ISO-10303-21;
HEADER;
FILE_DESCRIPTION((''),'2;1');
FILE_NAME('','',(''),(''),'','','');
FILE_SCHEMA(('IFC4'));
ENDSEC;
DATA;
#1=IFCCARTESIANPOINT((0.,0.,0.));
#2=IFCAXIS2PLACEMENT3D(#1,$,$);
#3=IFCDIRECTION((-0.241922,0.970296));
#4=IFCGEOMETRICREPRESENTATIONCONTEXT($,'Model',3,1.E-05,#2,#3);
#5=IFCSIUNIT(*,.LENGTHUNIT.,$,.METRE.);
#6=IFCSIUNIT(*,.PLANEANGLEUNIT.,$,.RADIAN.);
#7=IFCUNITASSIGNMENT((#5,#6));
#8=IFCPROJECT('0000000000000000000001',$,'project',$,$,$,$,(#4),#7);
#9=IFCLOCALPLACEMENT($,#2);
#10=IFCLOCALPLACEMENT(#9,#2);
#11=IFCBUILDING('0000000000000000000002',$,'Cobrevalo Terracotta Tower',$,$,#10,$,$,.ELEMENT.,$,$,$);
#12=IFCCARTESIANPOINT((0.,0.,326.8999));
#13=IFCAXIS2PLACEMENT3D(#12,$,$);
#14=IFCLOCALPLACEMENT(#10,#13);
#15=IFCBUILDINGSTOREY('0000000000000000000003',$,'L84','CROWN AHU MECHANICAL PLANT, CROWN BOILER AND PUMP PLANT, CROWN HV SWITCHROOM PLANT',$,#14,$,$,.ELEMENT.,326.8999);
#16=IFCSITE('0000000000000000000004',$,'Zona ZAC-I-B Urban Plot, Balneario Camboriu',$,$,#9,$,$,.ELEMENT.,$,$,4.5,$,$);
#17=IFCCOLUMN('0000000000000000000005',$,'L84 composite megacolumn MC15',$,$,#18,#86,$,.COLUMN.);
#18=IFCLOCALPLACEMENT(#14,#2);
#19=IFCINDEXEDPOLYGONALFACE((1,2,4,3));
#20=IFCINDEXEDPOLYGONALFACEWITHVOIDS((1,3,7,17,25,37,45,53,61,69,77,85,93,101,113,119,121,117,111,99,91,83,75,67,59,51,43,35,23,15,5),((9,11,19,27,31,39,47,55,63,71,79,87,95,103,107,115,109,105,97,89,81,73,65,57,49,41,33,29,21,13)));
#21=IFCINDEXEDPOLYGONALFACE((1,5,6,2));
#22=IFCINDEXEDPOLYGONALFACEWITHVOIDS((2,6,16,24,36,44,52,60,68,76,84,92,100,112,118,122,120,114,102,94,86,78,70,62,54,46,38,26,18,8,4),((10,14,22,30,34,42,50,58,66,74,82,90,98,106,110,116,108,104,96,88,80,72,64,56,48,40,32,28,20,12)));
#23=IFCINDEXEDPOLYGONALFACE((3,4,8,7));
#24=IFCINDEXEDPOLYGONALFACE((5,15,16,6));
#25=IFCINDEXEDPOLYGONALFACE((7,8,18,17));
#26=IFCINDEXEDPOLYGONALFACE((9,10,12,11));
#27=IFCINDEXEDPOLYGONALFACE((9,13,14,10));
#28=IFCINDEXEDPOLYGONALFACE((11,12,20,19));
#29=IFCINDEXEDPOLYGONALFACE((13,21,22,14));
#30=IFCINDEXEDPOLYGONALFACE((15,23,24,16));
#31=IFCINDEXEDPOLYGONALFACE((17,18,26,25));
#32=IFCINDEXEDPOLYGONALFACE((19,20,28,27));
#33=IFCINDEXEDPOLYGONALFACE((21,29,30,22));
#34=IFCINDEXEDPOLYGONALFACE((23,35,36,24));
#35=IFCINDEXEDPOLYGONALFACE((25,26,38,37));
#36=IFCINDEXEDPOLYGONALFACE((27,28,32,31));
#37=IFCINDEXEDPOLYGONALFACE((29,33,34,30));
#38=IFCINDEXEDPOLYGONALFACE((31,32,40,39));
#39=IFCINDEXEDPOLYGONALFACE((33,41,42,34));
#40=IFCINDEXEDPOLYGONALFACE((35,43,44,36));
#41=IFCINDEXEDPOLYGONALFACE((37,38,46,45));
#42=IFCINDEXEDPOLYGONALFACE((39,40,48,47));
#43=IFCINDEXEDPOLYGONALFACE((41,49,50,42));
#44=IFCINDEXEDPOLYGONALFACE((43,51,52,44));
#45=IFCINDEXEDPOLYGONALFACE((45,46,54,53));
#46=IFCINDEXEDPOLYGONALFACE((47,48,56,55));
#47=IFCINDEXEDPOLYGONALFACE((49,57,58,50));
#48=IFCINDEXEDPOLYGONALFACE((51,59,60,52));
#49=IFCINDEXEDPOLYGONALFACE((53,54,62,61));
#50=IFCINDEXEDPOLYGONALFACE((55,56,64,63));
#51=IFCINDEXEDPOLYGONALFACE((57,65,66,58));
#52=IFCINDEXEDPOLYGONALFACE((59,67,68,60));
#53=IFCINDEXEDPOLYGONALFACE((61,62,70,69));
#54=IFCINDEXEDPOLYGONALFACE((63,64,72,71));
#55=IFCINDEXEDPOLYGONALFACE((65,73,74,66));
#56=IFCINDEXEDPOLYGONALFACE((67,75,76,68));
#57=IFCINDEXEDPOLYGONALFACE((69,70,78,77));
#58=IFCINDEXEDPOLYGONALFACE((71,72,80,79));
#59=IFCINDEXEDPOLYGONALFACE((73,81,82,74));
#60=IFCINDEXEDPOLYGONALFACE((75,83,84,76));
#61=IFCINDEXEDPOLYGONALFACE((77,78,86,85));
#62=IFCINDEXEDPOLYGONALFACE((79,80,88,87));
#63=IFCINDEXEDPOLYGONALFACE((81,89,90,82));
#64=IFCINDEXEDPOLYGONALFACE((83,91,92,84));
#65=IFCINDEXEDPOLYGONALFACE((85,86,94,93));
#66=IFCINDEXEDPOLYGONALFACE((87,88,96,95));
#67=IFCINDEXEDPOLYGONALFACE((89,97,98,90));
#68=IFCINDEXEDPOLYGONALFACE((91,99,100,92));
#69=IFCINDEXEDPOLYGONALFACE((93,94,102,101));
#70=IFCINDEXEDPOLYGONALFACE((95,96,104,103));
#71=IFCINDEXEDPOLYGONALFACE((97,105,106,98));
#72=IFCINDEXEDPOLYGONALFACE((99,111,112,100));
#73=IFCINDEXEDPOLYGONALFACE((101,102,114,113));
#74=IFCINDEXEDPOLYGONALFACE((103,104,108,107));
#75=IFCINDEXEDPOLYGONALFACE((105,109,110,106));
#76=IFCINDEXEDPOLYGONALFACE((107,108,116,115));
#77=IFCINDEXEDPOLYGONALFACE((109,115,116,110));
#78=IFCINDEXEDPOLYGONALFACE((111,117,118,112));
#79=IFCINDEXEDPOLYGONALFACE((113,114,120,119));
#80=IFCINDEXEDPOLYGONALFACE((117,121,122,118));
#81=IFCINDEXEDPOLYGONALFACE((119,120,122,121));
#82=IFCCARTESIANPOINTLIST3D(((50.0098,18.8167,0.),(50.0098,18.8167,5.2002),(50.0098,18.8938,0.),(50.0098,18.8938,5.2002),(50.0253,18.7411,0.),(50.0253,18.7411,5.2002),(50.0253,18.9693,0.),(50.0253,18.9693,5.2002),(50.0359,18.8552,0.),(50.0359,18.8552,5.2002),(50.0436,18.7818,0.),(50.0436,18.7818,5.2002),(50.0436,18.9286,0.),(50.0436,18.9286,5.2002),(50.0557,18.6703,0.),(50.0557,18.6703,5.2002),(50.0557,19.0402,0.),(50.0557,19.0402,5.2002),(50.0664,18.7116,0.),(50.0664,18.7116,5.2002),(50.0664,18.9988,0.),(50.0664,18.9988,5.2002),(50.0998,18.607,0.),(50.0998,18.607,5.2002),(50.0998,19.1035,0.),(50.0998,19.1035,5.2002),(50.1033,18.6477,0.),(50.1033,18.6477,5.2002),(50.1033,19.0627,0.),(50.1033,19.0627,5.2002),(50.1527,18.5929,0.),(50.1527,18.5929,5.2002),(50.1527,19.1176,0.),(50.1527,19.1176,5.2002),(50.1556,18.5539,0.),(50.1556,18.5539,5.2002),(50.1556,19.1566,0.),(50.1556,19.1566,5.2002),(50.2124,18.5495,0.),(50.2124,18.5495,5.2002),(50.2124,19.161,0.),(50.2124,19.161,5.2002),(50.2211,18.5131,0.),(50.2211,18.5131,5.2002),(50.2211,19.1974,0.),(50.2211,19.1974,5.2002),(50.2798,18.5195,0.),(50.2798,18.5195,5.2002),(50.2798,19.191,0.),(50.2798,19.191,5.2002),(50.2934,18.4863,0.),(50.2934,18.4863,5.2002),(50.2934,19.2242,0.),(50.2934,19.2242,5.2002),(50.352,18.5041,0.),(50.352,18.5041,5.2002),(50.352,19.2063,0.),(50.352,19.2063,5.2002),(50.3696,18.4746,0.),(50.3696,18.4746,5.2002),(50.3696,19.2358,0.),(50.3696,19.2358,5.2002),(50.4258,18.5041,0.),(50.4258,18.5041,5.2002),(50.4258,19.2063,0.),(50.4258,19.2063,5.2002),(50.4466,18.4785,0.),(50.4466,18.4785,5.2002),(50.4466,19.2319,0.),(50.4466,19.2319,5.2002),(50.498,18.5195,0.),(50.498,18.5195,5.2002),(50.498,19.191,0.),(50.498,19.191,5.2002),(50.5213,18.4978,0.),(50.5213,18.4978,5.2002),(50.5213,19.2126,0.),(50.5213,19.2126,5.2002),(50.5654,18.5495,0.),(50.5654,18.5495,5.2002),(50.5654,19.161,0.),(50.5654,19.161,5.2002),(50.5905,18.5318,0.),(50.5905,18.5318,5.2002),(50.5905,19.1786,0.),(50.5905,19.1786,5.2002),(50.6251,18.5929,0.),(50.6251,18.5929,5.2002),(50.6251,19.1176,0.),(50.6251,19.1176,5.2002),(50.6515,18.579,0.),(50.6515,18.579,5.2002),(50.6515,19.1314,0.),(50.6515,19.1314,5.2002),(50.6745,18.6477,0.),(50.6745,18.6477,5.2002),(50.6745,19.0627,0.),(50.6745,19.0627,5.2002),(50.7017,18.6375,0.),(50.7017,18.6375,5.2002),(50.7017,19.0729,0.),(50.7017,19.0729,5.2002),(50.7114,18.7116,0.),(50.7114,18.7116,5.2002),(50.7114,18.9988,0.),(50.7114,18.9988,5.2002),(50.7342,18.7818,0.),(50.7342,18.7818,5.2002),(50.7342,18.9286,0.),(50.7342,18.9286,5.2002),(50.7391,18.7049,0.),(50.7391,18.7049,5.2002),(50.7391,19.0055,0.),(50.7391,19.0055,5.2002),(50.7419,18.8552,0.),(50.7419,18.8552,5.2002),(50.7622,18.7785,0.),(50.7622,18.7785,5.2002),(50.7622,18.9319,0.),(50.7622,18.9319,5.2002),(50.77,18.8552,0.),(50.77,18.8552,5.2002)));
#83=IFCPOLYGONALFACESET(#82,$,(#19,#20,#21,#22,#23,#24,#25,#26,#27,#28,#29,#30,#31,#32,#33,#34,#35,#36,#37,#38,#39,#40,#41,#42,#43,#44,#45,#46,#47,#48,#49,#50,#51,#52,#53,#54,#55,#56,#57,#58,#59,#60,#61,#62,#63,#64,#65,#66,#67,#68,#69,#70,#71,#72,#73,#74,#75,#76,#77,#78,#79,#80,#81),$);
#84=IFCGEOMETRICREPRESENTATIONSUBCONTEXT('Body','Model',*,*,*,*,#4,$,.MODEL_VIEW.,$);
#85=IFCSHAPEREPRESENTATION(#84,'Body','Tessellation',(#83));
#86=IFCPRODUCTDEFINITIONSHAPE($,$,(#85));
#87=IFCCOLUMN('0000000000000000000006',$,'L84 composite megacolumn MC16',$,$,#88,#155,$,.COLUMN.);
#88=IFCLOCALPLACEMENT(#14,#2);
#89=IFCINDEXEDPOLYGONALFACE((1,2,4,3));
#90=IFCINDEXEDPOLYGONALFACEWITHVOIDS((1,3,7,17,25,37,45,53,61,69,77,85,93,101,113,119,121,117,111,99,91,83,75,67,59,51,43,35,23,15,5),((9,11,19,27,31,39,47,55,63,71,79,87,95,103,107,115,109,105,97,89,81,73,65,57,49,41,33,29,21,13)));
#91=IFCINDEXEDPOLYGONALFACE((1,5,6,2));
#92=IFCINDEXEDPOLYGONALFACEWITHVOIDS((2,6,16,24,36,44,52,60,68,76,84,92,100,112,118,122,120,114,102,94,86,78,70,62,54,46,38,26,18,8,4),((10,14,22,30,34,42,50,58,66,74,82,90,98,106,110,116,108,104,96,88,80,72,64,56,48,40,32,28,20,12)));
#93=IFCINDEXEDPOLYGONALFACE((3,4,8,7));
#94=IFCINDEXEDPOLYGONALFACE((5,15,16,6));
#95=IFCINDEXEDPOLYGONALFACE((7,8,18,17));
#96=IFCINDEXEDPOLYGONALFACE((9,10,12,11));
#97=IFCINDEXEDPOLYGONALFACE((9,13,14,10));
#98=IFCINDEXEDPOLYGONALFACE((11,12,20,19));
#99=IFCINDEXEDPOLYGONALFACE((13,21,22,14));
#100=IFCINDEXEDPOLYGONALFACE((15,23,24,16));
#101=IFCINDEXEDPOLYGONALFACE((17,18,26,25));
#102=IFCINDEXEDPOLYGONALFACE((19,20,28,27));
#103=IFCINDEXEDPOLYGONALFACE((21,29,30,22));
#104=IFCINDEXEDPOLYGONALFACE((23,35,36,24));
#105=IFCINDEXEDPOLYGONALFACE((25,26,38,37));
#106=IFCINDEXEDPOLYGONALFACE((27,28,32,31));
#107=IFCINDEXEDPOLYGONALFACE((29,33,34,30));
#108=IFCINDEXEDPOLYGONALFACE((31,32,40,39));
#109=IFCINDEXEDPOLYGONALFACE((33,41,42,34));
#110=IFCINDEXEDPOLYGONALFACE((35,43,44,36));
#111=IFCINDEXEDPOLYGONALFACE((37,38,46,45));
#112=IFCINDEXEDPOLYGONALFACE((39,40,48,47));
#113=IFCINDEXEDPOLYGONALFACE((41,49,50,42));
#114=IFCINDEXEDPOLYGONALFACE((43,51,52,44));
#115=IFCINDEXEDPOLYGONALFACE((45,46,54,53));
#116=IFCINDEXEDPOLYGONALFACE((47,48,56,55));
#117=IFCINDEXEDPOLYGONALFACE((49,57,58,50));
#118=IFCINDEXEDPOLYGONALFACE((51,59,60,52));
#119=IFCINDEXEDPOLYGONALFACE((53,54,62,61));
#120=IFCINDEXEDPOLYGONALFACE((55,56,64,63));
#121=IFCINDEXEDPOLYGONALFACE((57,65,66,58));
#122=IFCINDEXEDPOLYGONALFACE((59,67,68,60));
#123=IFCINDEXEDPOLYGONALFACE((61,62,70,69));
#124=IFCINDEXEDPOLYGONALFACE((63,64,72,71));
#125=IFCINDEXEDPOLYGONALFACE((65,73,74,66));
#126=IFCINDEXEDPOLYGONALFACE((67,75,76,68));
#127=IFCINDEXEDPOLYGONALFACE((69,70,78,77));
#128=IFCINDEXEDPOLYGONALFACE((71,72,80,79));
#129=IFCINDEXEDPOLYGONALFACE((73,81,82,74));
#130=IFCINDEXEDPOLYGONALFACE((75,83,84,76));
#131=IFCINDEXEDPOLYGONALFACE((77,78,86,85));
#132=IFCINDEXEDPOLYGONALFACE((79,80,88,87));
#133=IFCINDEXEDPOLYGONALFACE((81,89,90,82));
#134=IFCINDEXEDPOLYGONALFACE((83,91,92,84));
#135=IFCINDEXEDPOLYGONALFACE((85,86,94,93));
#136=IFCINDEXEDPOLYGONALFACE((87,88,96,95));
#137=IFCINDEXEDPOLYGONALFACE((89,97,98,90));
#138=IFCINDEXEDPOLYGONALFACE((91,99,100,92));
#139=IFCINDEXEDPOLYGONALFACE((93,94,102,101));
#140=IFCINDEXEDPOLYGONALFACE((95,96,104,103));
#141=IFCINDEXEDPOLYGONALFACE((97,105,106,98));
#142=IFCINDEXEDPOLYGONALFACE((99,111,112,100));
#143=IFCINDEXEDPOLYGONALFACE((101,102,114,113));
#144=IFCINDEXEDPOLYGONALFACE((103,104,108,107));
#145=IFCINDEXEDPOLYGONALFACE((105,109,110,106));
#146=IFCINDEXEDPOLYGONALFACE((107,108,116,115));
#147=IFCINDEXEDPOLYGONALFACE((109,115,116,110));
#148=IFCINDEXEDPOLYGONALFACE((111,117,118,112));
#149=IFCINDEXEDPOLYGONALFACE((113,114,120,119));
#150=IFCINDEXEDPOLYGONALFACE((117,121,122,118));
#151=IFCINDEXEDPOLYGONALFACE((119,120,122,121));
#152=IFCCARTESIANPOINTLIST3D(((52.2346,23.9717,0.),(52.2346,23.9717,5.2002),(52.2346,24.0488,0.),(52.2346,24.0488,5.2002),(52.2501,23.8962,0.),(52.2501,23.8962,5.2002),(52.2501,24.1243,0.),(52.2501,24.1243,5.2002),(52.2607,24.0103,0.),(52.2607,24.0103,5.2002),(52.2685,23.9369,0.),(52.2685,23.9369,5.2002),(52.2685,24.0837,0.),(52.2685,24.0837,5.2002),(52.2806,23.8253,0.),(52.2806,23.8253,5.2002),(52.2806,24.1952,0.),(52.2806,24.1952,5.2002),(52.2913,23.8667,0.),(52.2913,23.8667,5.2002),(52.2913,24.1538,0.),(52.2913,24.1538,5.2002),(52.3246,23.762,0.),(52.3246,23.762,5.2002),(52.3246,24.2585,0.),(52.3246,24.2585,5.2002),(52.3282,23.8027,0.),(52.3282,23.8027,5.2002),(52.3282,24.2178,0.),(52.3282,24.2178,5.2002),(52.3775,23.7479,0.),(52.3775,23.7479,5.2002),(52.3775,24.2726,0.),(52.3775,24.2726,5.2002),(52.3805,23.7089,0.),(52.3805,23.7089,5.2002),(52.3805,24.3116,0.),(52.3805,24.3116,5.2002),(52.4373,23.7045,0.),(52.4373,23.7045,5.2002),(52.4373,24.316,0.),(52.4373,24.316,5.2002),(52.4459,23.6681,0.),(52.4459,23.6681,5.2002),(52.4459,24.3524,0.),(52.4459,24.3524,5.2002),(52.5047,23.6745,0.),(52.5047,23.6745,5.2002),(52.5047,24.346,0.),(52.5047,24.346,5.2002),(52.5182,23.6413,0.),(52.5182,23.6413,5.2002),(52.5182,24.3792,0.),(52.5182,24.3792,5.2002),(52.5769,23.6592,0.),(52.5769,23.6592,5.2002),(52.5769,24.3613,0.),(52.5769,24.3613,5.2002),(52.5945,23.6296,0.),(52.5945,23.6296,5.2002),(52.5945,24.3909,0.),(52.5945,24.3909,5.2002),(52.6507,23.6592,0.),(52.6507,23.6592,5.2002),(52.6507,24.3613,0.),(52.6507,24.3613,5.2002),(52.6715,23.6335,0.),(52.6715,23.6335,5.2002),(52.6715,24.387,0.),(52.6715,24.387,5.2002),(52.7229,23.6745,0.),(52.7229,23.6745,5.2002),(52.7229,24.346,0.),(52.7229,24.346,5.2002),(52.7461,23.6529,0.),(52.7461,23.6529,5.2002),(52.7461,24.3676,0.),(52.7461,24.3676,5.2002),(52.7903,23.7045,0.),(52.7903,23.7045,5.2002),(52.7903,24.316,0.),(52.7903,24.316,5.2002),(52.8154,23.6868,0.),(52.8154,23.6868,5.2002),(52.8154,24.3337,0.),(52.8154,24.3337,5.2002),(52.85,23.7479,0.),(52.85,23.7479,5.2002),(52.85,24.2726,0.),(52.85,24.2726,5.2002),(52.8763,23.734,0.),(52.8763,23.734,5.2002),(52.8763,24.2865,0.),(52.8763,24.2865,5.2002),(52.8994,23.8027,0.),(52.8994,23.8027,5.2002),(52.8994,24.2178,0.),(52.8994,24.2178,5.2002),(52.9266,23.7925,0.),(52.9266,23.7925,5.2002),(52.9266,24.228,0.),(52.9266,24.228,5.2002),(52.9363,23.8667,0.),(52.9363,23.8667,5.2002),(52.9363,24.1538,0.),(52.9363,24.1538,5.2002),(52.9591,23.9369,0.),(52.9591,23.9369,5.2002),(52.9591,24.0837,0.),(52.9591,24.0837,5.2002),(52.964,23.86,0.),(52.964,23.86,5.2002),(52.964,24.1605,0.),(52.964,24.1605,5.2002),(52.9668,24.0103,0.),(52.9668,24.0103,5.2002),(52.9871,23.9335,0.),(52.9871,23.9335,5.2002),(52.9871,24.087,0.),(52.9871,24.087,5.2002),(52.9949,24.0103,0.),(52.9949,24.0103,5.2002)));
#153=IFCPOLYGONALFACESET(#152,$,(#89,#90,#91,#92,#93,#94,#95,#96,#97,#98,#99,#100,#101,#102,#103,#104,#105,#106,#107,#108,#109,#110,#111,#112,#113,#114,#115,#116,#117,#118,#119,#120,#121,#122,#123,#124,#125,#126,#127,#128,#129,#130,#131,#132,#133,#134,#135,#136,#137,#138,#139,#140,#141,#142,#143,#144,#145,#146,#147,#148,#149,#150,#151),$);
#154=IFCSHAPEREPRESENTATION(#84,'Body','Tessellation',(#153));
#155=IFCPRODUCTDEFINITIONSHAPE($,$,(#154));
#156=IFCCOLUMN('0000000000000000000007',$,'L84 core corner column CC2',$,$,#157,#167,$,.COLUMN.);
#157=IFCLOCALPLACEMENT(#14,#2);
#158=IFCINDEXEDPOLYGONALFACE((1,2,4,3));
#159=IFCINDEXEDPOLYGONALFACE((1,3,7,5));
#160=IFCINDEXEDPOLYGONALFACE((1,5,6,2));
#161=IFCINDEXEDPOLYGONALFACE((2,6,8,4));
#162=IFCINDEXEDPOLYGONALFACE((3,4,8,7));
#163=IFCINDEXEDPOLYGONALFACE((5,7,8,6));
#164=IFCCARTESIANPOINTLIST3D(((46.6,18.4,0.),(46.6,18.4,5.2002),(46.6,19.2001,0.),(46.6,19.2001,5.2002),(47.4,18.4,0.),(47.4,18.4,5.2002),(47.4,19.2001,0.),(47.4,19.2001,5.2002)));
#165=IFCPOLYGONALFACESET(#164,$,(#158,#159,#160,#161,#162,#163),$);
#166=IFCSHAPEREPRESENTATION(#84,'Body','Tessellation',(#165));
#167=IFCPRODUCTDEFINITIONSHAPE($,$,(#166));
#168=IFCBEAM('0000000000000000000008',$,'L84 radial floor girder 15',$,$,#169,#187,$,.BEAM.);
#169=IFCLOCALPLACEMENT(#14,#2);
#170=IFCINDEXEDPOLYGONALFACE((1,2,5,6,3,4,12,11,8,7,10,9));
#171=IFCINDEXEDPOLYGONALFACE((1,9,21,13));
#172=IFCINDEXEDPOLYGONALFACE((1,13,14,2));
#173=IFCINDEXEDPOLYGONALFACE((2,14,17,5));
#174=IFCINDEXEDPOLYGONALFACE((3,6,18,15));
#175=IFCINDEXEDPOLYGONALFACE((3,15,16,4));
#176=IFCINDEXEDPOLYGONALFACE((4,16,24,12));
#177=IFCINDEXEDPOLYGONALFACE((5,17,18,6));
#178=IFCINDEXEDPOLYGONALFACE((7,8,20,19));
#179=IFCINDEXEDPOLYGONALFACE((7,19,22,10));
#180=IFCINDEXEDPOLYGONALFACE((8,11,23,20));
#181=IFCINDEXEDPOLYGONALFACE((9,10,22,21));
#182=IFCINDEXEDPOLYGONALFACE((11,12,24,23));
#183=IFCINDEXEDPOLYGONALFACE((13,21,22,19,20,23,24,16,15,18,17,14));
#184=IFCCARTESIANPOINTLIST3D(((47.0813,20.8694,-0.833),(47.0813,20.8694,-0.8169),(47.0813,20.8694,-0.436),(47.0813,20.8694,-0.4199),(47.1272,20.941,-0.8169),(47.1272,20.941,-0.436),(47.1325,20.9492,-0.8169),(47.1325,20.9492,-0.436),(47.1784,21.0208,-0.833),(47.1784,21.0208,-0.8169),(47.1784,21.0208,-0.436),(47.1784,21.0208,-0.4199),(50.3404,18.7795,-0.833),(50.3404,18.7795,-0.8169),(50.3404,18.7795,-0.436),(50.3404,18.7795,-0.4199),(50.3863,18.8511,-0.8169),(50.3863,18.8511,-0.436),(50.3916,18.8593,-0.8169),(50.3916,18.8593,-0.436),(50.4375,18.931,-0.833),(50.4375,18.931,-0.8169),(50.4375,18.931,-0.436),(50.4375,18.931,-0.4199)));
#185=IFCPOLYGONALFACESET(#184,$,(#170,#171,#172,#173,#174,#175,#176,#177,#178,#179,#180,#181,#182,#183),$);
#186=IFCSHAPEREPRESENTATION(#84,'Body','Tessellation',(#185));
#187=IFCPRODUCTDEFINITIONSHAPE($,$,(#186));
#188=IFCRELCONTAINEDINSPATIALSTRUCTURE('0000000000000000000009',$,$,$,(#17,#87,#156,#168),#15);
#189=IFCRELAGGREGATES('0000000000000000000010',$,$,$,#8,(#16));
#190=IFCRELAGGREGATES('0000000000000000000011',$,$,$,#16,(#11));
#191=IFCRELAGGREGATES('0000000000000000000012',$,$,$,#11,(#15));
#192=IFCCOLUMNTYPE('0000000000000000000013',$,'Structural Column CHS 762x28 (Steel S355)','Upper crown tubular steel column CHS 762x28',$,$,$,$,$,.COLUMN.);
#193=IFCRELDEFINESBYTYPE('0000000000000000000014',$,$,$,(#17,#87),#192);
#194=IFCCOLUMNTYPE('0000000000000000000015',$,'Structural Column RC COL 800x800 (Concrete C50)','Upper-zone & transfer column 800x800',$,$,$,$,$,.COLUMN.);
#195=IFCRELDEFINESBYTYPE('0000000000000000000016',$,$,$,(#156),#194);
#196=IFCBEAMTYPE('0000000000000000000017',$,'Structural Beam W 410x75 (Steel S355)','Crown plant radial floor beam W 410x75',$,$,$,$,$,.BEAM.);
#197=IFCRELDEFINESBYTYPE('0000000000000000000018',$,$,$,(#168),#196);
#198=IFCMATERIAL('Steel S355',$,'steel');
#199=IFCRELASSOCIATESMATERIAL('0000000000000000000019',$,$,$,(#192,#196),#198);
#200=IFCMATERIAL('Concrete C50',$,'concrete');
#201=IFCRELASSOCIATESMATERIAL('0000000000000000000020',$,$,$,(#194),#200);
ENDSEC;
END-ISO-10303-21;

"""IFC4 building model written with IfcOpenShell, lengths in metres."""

from ifc_helpers import new_model, si_unit, direction, frame, origin, origin_2d, place, context, subcontext, project, spatial, rectangle, hollow_circle, i_section, extrude, material, material_profile, profile_set, type_object, element, save


model = new_model("IFC4")

# Units and contexts
model_context = context("Model", 3, precision=1e-05, world=origin(), true_north=direction((-0.241922, 0.970296)))
body_context = subcontext(model_context, "Body", "Model", "MODEL_VIEW")
ifc_project = project(units=[si_unit("LENGTHUNIT", "METRE"), si_unit("PLANEANGLEUNIT", "RADIAN")], contexts=[model_context])

# Site, building, storey
site_placement = place(None, origin())
site = spatial("IfcSite", under=ifc_project, at=site_placement, Name="Zona ZAC-I-B Urban Plot, Balneario Camboriu", CompositionType="ELEMENT", RefElevation=4.5)
building_placement = place(site_placement, origin())
building = spatial("IfcBuilding", under=site, at=building_placement, Name="Cobrevalo Terracotta Tower", CompositionType="ELEMENT")
storey_placement = place(building_placement, frame((0.0, 0.0, 326.8999)))
storey = spatial("IfcBuildingStorey", under=building, at=storey_placement, Name="L84", Description="CROWN AHU MECHANICAL PLANT, CROWN BOILER AND PUMP PLANT, CROWN HV SWITCHROOM PLANT", CompositionType="ELEMENT", Elevation=326.8999)

# Columns
ifc_material_1 = material(Name="Steel S355", Category="steel")
ifc_material_profile_1 = material_profile(ifc_material_1, hollow_circle(Radius=0.3811, WallThickness=0.0281, at=origin_2d()), Name="CHS 762x28")
ifc_profile_set_1 = profile_set([ifc_material_profile_1], Name="Steel S355")
column_type_1 = type_object("IfcColumnType", Name="Structural Column CHS 762x28 (Steel S355)", Description="Upper crown tubular steel column CHS 762x28", PredefinedType="COLUMN", material=ifc_profile_set_1)
for number, where, z_axis, x_axis, name in (
    (1, (50.3889, 18.8552, 0.0), (0.0, 0.0, 1.0), (1.0, 0.0, 0.0), "L84 composite megacolumn MC15"),
    (2, (52.6138, 24.0103, 0.0), (0.0, 0.0, 1.0), (1.0, 0.0, 0.0), "L84 composite megacolumn MC16"),
):
    element("IfcColumn", number, at=place(storey_placement, frame(where, z_axis=z_axis, x_axis=x_axis)), inside=storey, type_object=column_type_1, Name=name, PredefinedType="COLUMN", context=body_context, shape_type="SweptSolid", body=[
        extrude(hollow_circle(Radius=0.3811, WallThickness=0.0281, at=origin_2d()), origin(), (0.0, 0.0, 1.0), 5.2002),
    ])
ifc_material_2 = material(Name="Concrete C50", Category="concrete")
ifc_material_profile_2 = material_profile(ifc_material_2, rectangle(XDim=0.8, YDim=0.8, at=origin_2d()), Name="RC COL 800x800")
ifc_profile_set_2 = profile_set([ifc_material_profile_2], Name="Concrete C50")
column_type_2 = type_object("IfcColumnType", Name="Structural Column RC COL 800x800 (Concrete C50)", Description="Upper-zone & transfer column 800x800", PredefinedType="COLUMN", material=ifc_profile_set_2)
column_placement = place(storey_placement, frame((47.0, 18.8, 0.0), z_axis=(0.0, 0.0, 1.0), x_axis=(1.0, 0.0, 0.0)))
element("IfcColumn", 3, at=column_placement, inside=storey, type_object=column_type_2, Name="L84 core corner column CC2", PredefinedType="COLUMN", context=body_context, shape_type="SweptSolid", body=[
    extrude(rectangle(XDim=0.8, YDim=0.8, at=origin_2d()), origin(), (0.0, 0.0, 1.0), 5.2002),
])

# Beam
ifc_material_profile_3 = material_profile(ifc_material_1, i_section(OverallWidth=0.1799, OverallDepth=0.4131, WebThickness=0.0098, FlangeThickness=0.0161, at=origin_2d()), Name="W 410x75")
ifc_profile_set_3 = profile_set([ifc_material_profile_3], Name="Steel S355")
beam_type_1 = type_object("IfcBeamType", Name="Structural Beam W 410x75 (Steel S355)", Description="Crown plant radial floor beam W 410x75", PredefinedType="BEAM", material=ifc_profile_set_3)
beam_1_placement = place(storey_placement, frame((50.3889, 18.8552, -0.6265), z_axis=(-0.841795, 0.539798, 0.0), x_axis=(-0.539798, -0.841795, 0.0)))
element("IfcBeam", 4, at=beam_1_placement, inside=storey, type_object=beam_type_1, Name="L84 radial floor girder 15", PredefinedType="BEAM", context=body_context, shape_type="SweptSolid", body=[
    extrude(i_section(OverallWidth=0.1799, OverallDepth=0.4131, WebThickness=0.0098, FlangeThickness=0.0161, at=origin_2d()), origin(), (0.0, 0.0, 1.0), 3.8716),
])

save(model, "model.ifc")
